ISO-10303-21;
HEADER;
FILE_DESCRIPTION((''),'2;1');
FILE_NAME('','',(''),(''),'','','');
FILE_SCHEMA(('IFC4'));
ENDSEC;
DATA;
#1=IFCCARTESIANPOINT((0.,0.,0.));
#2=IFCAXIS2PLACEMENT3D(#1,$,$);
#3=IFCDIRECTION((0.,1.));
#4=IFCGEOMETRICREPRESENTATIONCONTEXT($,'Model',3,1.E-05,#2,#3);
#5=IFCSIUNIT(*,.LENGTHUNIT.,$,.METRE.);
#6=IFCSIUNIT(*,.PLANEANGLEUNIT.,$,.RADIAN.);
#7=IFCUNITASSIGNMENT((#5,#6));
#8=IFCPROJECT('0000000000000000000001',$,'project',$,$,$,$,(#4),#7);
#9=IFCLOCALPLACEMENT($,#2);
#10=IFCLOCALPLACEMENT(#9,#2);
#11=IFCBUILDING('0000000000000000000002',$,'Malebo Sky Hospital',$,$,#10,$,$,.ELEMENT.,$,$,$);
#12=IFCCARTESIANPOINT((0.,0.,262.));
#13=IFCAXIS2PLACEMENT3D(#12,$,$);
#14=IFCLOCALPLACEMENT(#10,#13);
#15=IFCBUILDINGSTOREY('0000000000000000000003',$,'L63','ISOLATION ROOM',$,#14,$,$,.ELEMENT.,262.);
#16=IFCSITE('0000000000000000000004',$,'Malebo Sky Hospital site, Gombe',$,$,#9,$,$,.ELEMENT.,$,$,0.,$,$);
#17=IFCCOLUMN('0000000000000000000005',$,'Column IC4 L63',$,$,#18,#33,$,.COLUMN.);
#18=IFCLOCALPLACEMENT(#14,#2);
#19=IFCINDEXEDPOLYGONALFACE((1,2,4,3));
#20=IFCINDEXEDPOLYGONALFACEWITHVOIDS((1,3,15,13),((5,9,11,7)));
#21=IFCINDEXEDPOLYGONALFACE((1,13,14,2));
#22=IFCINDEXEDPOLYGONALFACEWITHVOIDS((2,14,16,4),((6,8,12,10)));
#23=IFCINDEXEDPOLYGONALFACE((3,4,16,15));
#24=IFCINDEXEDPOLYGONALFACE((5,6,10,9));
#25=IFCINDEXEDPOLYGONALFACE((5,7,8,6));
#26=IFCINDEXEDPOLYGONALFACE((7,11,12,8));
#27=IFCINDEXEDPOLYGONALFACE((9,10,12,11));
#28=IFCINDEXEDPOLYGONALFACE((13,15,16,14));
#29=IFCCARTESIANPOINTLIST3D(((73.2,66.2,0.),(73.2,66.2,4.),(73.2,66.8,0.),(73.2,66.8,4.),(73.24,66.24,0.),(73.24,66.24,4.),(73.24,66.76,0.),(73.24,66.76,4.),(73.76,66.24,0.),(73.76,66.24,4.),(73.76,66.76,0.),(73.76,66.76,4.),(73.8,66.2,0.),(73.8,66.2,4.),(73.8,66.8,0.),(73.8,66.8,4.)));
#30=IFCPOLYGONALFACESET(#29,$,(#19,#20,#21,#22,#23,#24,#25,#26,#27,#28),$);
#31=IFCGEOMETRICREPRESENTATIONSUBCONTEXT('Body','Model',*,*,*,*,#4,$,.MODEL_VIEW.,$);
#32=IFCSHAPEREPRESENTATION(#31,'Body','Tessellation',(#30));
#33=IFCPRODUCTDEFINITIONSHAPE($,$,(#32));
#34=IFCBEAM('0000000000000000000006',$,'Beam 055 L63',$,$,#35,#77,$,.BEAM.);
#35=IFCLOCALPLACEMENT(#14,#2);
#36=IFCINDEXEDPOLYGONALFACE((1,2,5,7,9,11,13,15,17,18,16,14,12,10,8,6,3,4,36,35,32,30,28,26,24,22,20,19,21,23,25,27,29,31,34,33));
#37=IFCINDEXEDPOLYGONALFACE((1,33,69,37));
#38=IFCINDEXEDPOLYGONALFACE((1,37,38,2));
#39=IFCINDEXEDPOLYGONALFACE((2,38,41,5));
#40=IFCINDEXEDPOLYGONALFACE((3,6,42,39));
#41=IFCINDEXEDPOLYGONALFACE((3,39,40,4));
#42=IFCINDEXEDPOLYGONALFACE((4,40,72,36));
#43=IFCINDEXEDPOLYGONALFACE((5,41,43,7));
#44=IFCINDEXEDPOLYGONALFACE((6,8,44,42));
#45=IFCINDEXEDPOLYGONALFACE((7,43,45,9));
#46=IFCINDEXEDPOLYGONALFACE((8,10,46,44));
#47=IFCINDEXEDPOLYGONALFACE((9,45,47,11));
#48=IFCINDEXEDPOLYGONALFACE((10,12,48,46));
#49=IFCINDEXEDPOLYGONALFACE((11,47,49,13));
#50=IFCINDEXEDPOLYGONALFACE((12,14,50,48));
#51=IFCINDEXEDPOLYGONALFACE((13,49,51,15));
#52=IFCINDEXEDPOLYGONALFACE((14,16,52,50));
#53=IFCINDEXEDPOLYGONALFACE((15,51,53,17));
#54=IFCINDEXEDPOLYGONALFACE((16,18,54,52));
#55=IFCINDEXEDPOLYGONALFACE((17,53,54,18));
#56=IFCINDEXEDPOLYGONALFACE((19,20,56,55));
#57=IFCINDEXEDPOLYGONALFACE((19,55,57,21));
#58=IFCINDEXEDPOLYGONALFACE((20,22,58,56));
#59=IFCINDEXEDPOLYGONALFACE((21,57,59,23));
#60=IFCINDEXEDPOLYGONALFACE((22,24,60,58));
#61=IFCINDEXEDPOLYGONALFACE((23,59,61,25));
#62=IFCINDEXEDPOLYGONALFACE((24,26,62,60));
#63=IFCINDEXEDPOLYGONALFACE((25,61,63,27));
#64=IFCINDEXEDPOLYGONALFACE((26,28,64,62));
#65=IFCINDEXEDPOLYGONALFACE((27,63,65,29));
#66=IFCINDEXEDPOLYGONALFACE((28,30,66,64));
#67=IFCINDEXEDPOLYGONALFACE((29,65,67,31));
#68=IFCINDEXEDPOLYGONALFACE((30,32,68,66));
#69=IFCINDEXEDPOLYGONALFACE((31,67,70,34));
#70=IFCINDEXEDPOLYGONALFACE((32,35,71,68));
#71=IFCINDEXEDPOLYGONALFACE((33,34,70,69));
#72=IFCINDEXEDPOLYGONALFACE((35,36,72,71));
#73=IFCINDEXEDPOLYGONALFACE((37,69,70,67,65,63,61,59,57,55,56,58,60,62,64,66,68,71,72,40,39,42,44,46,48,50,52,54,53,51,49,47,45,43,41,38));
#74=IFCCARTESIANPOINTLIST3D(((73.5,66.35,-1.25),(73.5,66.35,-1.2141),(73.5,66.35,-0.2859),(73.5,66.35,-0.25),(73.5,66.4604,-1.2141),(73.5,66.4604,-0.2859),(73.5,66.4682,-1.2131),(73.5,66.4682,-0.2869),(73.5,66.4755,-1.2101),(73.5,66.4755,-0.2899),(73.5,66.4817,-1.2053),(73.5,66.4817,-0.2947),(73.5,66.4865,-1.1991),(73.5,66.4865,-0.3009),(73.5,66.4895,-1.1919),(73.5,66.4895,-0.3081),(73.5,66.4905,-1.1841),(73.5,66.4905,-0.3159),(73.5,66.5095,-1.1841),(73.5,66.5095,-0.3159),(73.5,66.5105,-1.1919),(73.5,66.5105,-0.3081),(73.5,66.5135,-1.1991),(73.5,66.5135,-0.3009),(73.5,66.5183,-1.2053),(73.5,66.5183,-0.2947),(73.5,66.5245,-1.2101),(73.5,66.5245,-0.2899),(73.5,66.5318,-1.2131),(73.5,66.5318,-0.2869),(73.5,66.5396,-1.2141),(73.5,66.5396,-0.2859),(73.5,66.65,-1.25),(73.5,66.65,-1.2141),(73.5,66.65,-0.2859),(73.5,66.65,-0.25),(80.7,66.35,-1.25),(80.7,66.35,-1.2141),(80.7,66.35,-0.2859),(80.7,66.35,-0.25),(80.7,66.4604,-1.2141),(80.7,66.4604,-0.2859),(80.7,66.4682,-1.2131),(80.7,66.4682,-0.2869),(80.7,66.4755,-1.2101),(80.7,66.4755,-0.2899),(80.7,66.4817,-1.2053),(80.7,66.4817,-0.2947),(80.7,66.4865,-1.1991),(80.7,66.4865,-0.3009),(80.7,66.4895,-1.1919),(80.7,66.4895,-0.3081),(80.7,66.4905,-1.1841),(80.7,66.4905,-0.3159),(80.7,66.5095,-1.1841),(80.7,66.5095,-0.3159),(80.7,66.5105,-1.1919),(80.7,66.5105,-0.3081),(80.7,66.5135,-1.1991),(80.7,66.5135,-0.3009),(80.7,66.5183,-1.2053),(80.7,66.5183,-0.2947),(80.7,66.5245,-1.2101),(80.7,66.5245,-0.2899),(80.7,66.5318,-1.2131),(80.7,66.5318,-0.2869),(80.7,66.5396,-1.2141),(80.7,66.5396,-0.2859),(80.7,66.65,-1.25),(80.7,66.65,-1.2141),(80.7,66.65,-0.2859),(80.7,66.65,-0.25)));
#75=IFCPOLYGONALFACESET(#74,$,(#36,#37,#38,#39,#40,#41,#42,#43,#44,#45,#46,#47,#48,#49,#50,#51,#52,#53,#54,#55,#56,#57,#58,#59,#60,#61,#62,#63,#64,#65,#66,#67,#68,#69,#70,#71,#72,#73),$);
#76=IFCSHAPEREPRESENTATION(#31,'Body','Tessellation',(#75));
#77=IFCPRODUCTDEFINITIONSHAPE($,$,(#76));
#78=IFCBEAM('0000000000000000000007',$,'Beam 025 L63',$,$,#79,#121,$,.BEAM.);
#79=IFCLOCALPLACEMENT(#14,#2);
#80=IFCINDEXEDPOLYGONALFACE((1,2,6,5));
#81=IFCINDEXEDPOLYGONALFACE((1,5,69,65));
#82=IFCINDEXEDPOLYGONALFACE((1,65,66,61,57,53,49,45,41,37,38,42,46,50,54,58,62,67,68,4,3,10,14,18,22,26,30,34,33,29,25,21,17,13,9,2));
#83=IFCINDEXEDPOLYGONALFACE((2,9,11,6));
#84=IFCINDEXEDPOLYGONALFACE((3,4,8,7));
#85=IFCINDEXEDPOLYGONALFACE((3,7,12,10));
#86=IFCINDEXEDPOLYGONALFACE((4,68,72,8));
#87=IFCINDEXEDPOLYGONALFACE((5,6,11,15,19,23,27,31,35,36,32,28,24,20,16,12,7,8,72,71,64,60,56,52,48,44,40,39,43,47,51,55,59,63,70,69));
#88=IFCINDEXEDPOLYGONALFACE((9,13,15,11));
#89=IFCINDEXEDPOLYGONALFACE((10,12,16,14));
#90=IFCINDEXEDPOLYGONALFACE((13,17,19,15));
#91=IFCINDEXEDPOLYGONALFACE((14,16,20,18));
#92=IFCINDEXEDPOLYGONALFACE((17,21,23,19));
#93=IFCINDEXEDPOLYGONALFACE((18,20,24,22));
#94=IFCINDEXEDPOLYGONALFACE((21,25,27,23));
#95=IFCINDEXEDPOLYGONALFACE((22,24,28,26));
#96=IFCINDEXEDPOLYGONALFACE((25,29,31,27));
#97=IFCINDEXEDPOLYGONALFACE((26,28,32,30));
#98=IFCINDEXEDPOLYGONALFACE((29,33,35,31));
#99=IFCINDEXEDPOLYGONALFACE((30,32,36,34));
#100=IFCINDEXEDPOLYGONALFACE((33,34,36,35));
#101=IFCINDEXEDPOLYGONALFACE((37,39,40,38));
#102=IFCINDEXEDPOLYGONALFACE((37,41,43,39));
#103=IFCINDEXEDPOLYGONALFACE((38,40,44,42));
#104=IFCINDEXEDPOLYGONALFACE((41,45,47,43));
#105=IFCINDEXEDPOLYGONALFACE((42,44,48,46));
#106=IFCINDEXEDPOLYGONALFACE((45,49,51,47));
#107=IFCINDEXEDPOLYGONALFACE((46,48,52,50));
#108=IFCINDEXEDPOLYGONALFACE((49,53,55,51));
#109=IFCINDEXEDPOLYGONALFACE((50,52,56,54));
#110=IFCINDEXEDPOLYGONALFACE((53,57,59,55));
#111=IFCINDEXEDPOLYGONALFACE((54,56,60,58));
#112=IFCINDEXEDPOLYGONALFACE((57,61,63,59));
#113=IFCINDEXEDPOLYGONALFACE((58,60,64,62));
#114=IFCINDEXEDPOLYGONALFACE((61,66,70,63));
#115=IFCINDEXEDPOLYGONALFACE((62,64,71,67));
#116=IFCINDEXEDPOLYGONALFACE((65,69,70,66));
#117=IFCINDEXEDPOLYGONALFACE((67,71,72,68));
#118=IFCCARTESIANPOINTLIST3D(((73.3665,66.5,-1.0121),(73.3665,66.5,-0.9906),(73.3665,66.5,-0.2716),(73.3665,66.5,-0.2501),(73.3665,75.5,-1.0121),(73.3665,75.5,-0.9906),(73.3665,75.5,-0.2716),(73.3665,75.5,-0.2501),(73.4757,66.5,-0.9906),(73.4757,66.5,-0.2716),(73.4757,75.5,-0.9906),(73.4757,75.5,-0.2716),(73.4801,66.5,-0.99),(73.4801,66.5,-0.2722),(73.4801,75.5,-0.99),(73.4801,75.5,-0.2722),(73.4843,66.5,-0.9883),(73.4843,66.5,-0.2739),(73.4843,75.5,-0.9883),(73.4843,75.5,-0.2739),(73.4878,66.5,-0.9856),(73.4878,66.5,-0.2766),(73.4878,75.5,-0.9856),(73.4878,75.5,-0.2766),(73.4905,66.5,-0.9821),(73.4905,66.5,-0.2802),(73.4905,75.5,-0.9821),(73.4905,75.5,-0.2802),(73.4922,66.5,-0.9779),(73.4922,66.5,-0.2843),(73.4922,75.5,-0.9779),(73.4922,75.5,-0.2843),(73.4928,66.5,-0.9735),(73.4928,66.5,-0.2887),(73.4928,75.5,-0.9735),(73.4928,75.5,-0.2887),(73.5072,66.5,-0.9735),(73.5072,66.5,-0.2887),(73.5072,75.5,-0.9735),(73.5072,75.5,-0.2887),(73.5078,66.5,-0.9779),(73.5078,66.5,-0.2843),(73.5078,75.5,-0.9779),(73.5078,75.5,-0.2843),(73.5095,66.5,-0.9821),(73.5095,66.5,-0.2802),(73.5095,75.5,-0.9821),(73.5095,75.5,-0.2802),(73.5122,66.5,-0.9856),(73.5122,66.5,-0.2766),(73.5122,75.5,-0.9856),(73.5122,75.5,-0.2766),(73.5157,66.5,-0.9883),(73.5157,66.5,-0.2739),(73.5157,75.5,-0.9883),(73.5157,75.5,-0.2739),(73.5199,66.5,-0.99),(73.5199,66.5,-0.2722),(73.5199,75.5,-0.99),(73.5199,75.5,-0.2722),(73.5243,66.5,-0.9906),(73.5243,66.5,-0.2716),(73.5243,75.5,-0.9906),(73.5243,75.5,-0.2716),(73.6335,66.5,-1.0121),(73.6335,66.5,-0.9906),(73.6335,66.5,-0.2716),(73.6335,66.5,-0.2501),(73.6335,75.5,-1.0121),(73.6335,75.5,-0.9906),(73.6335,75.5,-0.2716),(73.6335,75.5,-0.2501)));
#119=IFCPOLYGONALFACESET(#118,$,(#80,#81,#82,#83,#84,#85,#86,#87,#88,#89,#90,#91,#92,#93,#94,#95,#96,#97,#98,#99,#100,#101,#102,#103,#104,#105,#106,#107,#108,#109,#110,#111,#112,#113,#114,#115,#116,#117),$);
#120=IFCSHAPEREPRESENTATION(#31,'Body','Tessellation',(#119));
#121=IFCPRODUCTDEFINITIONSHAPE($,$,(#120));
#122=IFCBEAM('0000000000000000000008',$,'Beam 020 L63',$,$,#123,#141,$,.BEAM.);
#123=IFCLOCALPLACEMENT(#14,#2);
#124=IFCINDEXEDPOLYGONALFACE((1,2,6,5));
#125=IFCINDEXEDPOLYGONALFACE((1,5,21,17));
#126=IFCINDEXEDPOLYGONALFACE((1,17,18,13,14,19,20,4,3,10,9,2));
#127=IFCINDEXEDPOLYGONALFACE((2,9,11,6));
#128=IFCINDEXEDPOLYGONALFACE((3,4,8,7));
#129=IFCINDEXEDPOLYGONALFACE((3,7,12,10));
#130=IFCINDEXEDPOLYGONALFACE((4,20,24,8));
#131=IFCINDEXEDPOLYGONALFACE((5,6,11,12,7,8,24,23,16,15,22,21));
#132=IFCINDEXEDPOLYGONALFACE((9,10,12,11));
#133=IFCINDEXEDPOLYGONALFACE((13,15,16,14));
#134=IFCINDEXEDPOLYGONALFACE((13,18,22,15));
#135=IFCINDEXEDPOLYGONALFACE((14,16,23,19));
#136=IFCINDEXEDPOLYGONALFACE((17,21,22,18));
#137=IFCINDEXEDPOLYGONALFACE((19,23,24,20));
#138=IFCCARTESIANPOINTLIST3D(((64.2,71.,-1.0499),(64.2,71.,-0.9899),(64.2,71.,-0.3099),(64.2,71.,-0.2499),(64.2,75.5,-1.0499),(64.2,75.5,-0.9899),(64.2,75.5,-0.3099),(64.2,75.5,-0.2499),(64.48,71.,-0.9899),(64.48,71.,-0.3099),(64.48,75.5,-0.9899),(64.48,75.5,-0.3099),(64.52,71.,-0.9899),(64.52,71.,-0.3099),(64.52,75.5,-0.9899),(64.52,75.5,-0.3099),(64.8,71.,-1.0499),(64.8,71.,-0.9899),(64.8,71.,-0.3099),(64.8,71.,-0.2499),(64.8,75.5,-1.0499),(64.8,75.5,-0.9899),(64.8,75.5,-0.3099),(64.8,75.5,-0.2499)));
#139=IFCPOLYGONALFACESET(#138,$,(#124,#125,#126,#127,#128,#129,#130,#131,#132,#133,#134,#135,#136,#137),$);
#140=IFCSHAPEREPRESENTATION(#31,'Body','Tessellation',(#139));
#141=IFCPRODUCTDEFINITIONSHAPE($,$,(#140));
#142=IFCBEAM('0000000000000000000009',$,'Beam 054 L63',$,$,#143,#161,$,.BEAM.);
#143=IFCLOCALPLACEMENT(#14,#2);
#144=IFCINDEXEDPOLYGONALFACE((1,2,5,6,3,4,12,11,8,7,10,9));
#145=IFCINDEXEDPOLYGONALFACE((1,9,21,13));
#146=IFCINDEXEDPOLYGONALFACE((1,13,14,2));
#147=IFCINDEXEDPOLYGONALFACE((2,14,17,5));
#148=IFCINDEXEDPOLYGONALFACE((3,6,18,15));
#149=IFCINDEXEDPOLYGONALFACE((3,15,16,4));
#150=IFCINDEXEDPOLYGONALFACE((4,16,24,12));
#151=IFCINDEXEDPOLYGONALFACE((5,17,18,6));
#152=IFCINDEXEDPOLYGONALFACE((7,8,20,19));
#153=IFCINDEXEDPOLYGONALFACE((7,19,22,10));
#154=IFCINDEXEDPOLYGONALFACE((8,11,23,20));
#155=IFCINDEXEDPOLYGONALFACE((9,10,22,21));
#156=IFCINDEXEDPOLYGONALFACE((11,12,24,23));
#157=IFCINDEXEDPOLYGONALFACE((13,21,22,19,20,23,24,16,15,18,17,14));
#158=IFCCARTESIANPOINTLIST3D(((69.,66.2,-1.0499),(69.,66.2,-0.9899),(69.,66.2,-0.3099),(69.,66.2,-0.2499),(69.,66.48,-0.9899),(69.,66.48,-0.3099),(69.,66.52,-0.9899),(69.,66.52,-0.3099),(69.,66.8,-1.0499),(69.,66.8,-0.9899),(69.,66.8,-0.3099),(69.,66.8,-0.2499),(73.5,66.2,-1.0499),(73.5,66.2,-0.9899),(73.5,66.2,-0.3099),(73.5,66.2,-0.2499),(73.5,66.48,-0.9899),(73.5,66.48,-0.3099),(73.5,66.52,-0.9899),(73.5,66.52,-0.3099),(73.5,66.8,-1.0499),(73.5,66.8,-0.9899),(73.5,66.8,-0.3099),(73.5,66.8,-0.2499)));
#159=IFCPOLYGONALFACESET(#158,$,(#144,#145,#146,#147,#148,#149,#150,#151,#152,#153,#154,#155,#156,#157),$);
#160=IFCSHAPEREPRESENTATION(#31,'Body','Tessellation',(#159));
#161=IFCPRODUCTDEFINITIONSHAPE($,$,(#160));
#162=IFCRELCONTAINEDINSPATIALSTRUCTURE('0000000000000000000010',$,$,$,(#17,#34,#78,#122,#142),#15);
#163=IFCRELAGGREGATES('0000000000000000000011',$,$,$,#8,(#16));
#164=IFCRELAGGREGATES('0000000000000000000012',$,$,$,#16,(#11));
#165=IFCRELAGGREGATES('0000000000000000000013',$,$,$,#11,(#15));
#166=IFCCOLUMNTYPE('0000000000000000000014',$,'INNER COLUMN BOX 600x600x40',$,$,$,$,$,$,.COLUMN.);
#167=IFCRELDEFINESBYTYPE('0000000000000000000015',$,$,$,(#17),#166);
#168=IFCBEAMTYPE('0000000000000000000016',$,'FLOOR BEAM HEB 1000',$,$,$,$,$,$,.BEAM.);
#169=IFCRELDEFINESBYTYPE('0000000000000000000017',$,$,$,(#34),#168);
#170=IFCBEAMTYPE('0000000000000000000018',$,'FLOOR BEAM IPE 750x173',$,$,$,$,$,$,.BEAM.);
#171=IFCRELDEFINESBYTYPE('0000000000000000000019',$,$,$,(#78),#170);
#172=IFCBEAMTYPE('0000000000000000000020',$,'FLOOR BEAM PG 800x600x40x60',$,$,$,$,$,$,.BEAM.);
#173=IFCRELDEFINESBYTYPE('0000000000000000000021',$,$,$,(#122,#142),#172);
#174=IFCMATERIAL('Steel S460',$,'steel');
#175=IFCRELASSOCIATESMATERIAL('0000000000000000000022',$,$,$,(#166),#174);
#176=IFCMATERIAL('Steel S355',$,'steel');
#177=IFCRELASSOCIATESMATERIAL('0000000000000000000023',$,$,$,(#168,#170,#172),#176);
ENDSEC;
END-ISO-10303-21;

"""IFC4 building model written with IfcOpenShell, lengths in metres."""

from ifc_helpers import new_model, si_unit, direction, frame, origin, origin_2d, place, context, subcontext, project, spatial, hollow_rectangle, i_section, extrude, material, material_profile, profile_set, type_object, element, save


model = new_model("IFC4")

# Units and contexts
model_context = context("Model", 3, precision=1e-05, world=origin(), true_north=direction((0.0, 1.0)))
body_context = subcontext(model_context, "Body", "Model", "MODEL_VIEW")
ifc_project = project(units=[si_unit("LENGTHUNIT", "METRE"), si_unit("PLANEANGLEUNIT", "RADIAN")], contexts=[model_context])

# Site, building, storey
site_placement = place(None, origin())
site = spatial("IfcSite", under=ifc_project, at=site_placement, Name="Malebo Sky Hospital site, Gombe", CompositionType="ELEMENT", RefElevation=0.0)
building_placement = place(site_placement, origin())
building = spatial("IfcBuilding", under=site, at=building_placement, Name="Malebo Sky Hospital", CompositionType="ELEMENT")
storey_placement = place(building_placement, frame((0.0, 0.0, 262.0)))
storey = spatial("IfcBuildingStorey", under=building, at=storey_placement, Name="L63", Description="ISOLATION ROOM", CompositionType="ELEMENT", Elevation=262.0)

# Column
ifc_material_1 = material(Name="Steel S460", Category="steel")
ifc_material_profile_1 = material_profile(ifc_material_1, hollow_rectangle(XDim=0.6001, YDim=0.6001, WallThickness=0.04, at=origin_2d()), Name="BOX 600x600x40")
ifc_profile_set_1 = profile_set([ifc_material_profile_1], Name="Steel S460")
column_type = type_object("IfcColumnType", Name="INNER COLUMN BOX 600x600x40", PredefinedType="COLUMN", material=ifc_profile_set_1)
column_placement = place(storey_placement, frame((73.5, 66.5, 0.0), z_axis=(0.0, 0.0, 1.0), x_axis=(1.0, 0.0, 0.0)))
element("IfcColumn", 1, at=column_placement, inside=storey, type_object=column_type, Name="Column IC4 L63", PredefinedType="COLUMN", context=body_context, shape_type="SweptSolid", body=[
    extrude(hollow_rectangle(XDim=0.6001, YDim=0.6001, WallThickness=0.04, at=origin_2d()), origin(), (0.0, 0.0, 1.0), 4.0),
])

# Beams
ifc_material_2 = material(Name="Steel S355", Category="steel")
ifc_material_profile_2 = material_profile(ifc_material_2, i_section(OverallWidth=0.3, OverallDepth=1.0, WebThickness=0.019, FlangeThickness=0.0359, FilletRadius=0.03, at=origin_2d()), Name="HEB 1000")
ifc_profile_set_2 = profile_set([ifc_material_profile_2], Name="Steel S355")
beam_type_1 = type_object("IfcBeamType", Name="FLOOR BEAM HEB 1000", PredefinedType="BEAM", material=ifc_profile_set_2)
beam_1_placement = place(storey_placement, frame((73.5, 66.5, -0.75), z_axis=(1.0, 0.0, 0.0), x_axis=(0.0, 1.0, 0.0)))
element("IfcBeam", 2, at=beam_1_placement, inside=storey, type_object=beam_type_1, Name="Beam 055 L63", PredefinedType="BEAM", context=body_context, shape_type="SweptSolid", body=[
    extrude(i_section(OverallWidth=0.3, OverallDepth=1.0, WebThickness=0.019, FlangeThickness=0.0359, FilletRadius=0.03, at=origin_2d()), origin(), (0.0, 0.0, 1.0), 7.2),
])
ifc_material_profile_3 = material_profile(ifc_material_2, i_section(OverallWidth=0.2671, OverallDepth=0.762, WebThickness=0.0144, FlangeThickness=0.0215, FilletRadius=0.0171, at=origin_2d()), Name="IPE 750x173")
ifc_profile_set_3 = profile_set([ifc_material_profile_3], Name="Steel S355")
beam_type_2 = type_object("IfcBeamType", Name="FLOOR BEAM IPE 750x173", PredefinedType="BEAM", material=ifc_profile_set_3)
beam_2_placement = place(storey_placement, frame((73.5, 66.5, -0.6311), z_axis=(0.0, 1.0, 0.0), x_axis=(-1.0, 0.0, 0.0)))
element("IfcBeam", 3, at=beam_2_placement, inside=storey, type_object=beam_type_2, Name="Beam 025 L63", PredefinedType="BEAM", context=body_context, shape_type="SweptSolid", body=[
    extrude(i_section(OverallWidth=0.2671, OverallDepth=0.762, WebThickness=0.0144, FlangeThickness=0.0215, FilletRadius=0.0171, at=origin_2d()), origin(), (0.0, 0.0, 1.0), 9.0),
])
ifc_material_profile_4 = material_profile(ifc_material_2, i_section(OverallWidth=0.6001, OverallDepth=0.8, WebThickness=0.04, FlangeThickness=0.0601, at=origin_2d()), Name="PG 800x600x40x60")
ifc_profile_set_4 = profile_set([ifc_material_profile_4], Name="Steel S355")
beam_type_3 = type_object("IfcBeamType", Name="FLOOR BEAM PG 800x600x40x60", PredefinedType="BEAM", material=ifc_profile_set_4)
for number, where, z_axis, x_axis, name in (
    (4, (64.5, 71.0, -0.6499), (0.0, 1.0, 0.0), (-1.0, 0.0, 0.0), "Beam 020 L63"),
    (5, (69.0, 66.5, -0.6499), (1.0, 0.0, 0.0), (0.0, 1.0, 0.0), "Beam 054 L63"),
):
    element("IfcBeam", number, at=place(storey_placement, frame(where, z_axis=z_axis, x_axis=x_axis)), inside=storey, type_object=beam_type_3, Name=name, PredefinedType="BEAM", context=body_context, shape_type="SweptSolid", body=[
        extrude(i_section(OverallWidth=0.6001, OverallDepth=0.8, WebThickness=0.04, FlangeThickness=0.0601, at=origin_2d()), origin(), (0.0, 0.0, 1.0), 4.5),
    ])

save(model, "model.ifc")
